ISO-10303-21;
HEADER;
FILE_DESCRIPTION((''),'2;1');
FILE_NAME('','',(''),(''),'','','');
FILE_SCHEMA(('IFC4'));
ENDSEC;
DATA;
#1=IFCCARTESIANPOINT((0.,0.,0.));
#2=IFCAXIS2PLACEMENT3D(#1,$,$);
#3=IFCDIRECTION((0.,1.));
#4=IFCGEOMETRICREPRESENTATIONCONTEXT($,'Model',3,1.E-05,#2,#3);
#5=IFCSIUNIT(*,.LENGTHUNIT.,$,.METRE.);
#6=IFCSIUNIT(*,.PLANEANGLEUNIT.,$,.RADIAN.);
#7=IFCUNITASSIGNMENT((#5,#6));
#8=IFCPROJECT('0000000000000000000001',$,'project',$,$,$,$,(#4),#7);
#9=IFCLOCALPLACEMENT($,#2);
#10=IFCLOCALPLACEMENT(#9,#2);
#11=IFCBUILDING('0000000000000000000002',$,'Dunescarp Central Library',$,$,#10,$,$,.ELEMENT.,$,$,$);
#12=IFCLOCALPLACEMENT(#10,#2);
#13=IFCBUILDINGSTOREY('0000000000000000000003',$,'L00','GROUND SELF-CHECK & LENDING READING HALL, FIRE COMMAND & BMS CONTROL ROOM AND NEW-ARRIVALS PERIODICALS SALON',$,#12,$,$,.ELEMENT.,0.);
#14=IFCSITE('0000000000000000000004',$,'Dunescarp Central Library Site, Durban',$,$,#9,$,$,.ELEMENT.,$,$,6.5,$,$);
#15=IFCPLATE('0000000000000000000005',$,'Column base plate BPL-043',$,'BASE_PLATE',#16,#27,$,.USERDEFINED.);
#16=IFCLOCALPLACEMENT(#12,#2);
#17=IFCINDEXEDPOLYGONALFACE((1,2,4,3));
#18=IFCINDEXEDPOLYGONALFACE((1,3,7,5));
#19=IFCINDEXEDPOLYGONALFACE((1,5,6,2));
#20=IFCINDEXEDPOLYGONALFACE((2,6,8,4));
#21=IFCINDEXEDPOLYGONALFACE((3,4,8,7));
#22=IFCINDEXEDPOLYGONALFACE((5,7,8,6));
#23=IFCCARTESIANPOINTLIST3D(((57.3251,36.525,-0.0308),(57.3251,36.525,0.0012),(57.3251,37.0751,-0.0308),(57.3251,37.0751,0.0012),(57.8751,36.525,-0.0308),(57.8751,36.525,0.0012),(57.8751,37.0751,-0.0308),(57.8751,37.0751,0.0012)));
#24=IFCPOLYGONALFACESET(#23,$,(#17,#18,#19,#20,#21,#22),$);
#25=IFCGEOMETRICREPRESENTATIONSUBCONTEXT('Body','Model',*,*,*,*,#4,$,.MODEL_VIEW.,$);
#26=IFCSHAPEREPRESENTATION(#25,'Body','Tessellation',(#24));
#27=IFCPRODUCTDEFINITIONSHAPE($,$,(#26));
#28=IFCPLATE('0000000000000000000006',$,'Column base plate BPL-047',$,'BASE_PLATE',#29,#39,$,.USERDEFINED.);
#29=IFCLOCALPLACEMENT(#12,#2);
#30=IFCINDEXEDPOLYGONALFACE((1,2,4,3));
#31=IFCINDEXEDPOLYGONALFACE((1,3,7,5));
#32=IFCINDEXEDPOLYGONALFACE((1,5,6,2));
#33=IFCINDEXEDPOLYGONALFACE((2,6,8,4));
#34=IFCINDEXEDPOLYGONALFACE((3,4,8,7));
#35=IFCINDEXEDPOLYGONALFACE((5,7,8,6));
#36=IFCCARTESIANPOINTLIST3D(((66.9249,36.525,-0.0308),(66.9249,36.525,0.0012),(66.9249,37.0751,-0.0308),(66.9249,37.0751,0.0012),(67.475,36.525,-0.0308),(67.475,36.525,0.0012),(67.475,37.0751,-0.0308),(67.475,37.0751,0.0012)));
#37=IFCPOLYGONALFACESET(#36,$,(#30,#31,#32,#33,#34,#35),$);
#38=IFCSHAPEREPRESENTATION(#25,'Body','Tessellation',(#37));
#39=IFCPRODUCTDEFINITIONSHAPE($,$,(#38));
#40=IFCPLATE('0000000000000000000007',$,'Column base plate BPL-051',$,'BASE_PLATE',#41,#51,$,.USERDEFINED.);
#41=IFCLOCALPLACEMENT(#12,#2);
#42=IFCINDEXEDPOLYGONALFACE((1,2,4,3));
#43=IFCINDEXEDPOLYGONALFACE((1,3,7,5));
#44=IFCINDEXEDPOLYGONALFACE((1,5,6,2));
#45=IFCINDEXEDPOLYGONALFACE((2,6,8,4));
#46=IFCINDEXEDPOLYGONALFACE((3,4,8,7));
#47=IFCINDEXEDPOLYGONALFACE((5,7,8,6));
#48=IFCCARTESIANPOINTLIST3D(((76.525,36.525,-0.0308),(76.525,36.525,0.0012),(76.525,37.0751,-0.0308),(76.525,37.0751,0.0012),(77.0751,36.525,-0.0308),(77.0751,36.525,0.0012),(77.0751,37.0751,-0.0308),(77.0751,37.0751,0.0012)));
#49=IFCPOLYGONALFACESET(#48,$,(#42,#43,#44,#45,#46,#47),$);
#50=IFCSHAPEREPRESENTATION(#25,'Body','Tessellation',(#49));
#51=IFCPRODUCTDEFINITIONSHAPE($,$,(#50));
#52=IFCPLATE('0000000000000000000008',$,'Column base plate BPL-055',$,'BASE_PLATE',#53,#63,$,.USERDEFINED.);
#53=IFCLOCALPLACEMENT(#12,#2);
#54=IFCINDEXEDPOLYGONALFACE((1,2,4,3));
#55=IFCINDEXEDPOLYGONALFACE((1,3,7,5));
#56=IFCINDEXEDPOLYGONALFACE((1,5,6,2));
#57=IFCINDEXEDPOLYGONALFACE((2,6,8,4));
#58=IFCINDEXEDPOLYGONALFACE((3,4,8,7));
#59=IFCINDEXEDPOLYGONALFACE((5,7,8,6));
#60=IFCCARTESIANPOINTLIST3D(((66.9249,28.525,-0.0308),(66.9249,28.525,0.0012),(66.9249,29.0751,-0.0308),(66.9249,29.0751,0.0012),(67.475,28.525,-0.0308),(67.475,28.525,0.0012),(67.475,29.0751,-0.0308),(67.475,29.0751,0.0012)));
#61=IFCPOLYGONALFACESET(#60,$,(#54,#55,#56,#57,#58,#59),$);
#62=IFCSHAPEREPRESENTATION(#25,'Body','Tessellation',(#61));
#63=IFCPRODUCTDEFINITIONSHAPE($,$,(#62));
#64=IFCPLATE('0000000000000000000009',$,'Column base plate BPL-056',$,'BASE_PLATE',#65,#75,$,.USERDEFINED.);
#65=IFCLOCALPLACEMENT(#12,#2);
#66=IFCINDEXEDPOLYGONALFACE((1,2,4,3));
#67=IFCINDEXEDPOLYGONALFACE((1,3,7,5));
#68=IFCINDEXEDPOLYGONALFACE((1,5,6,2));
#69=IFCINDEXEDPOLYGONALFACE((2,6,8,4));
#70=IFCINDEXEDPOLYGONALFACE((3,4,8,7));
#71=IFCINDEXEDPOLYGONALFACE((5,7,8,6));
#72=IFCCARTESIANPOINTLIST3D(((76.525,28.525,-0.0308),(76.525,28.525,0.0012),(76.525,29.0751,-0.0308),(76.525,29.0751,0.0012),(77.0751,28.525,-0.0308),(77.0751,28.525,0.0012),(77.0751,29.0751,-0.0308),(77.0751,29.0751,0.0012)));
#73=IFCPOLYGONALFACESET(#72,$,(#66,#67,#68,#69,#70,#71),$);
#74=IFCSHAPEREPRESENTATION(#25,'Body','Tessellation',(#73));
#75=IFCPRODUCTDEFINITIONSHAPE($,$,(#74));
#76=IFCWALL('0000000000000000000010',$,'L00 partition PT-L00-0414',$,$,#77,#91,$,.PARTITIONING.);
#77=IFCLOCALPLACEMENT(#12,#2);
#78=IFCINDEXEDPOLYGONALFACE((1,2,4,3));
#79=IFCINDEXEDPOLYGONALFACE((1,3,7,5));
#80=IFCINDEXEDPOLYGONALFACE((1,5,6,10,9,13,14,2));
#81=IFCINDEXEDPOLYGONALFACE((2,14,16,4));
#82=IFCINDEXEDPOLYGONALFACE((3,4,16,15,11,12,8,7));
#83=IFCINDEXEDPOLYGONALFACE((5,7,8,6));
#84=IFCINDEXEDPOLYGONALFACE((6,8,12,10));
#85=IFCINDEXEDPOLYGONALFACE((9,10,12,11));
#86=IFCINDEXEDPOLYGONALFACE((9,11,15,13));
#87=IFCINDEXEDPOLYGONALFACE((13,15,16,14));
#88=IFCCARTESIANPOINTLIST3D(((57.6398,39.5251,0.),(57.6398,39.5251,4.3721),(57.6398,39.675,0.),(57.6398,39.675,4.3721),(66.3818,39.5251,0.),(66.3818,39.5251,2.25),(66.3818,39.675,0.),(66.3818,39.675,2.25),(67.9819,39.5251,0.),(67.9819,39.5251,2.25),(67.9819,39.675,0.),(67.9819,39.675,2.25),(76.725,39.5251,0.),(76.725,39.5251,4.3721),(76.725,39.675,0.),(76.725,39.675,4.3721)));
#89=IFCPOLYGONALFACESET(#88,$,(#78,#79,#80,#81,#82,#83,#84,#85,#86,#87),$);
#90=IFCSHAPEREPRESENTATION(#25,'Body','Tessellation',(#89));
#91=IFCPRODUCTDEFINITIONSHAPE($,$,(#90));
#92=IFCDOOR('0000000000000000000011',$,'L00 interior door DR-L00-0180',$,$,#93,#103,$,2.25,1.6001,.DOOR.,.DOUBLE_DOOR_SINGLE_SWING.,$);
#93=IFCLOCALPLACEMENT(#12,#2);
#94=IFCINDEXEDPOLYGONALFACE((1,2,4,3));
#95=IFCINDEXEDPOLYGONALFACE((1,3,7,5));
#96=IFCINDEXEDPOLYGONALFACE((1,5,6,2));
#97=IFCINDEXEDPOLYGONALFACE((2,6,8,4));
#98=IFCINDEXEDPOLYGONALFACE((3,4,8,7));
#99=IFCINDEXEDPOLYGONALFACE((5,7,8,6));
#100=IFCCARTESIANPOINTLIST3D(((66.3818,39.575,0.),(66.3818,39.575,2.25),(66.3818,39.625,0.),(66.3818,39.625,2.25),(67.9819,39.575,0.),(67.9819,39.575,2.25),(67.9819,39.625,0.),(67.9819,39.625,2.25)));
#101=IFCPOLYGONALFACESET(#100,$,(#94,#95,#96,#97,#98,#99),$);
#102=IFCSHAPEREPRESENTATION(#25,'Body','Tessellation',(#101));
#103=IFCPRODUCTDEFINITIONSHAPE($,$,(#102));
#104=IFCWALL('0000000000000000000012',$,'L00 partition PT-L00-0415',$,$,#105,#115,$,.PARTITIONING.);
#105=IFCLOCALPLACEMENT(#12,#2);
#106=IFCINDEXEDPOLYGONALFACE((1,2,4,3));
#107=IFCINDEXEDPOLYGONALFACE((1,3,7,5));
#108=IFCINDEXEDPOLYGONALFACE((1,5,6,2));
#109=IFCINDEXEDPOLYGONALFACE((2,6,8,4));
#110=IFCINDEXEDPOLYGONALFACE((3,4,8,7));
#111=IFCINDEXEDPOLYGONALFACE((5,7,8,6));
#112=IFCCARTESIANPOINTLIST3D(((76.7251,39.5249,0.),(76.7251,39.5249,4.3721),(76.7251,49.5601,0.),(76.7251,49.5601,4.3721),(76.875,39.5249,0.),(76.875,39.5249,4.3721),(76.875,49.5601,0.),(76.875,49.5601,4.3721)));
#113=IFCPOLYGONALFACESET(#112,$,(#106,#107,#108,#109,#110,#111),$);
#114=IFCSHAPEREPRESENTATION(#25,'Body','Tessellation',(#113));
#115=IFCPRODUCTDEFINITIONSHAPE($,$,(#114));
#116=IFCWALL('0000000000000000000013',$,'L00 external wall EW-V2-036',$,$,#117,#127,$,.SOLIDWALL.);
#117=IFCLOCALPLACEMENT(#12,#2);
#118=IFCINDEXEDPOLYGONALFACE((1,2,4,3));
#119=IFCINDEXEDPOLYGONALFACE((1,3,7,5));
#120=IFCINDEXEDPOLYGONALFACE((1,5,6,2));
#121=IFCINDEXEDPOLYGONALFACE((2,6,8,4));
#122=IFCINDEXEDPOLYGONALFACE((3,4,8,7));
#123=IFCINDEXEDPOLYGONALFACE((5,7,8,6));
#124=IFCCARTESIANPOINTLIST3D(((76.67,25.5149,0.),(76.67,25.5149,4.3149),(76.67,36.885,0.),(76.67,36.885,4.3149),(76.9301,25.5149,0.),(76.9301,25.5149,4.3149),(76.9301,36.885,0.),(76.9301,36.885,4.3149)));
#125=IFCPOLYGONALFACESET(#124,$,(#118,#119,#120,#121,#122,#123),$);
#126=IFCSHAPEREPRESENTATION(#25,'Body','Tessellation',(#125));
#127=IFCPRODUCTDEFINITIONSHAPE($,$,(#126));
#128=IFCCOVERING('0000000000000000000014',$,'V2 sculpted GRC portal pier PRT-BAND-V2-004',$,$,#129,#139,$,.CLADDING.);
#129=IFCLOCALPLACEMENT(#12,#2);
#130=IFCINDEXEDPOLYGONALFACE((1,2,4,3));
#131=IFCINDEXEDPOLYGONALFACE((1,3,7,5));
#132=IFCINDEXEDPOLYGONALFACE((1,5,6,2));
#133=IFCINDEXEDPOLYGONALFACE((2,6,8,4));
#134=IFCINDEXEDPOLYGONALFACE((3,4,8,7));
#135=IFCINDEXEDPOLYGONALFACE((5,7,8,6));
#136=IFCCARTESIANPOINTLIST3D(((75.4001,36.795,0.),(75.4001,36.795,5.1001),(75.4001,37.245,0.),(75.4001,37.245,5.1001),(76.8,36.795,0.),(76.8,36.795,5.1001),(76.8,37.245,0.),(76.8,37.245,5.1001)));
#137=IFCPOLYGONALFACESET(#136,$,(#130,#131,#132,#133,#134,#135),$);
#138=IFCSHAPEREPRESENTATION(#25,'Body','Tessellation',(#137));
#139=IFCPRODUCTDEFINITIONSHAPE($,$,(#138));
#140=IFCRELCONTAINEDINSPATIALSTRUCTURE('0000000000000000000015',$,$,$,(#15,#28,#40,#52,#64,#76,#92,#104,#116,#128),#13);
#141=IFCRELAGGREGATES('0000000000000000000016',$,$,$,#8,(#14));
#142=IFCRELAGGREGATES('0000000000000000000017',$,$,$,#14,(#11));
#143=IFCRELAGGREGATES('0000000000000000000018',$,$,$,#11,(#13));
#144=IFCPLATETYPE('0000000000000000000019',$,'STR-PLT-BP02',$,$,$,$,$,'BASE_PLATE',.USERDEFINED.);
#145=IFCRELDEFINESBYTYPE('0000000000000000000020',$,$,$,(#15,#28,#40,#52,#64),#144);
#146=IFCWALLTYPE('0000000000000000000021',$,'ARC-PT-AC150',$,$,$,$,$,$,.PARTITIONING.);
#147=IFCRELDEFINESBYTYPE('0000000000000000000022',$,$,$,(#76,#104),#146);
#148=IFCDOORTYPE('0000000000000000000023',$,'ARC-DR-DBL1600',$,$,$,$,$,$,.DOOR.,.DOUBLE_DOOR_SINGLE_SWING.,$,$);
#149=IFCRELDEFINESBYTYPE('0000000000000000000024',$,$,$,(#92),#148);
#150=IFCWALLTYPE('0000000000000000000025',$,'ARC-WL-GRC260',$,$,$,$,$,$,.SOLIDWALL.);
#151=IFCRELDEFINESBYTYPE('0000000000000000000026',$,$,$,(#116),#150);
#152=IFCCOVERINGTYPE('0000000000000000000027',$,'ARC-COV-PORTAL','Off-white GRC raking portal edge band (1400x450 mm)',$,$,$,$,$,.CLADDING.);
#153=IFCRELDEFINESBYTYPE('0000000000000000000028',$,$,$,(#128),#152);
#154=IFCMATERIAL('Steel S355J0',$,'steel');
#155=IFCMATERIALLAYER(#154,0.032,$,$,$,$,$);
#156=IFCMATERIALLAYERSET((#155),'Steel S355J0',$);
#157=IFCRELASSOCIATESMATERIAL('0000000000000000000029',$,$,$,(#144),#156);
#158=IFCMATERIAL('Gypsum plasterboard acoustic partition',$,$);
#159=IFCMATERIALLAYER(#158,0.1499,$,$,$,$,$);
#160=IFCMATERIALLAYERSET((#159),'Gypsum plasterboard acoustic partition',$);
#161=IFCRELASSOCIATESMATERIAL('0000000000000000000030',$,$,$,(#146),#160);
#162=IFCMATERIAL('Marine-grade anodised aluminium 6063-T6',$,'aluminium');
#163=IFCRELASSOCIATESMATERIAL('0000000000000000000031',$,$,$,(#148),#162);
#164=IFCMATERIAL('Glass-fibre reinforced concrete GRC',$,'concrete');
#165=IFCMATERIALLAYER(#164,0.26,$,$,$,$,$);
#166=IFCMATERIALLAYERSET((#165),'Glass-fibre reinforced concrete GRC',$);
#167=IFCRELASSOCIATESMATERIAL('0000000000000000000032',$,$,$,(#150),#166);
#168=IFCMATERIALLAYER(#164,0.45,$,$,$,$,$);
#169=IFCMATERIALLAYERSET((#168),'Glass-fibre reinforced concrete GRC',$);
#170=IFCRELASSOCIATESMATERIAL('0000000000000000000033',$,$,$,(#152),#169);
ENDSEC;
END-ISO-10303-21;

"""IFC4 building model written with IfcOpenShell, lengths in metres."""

from ifc_helpers import new_model, si_unit, direction, frame, frame_2d, origin, origin_2d, place, context, subcontext, project, spatial, rectangle, extrude, material, layer, layer_set, type_object, element, fill, save


model = new_model("IFC4")

# Units and contexts
model_context = context("Model", 3, precision=1e-05, world=origin(), true_north=direction((0.0, 1.0)))
body_context = subcontext(model_context, "Body", "Model", "MODEL_VIEW")
ifc_project = project(units=[si_unit("LENGTHUNIT", "METRE"), si_unit("PLANEANGLEUNIT", "RADIAN")], contexts=[model_context])

# Site, building, storey
site_placement = place(None, origin())
site = spatial("IfcSite", under=ifc_project, at=site_placement, Name="Dunescarp Central Library Site, Durban", CompositionType="ELEMENT", RefElevation=6.5)
building_placement = place(site_placement, origin())
building = spatial("IfcBuilding", under=site, at=building_placement, Name="Dunescarp Central Library", CompositionType="ELEMENT")
storey_placement = place(building_placement, origin())
storey = spatial("IfcBuildingStorey", under=building, at=storey_placement, Name="L00", Description="GROUND SELF-CHECK & LENDING READING HALL, FIRE COMMAND & BMS CONTROL ROOM AND NEW-ARRIVALS PERIODICALS SALON", CompositionType="ELEMENT", Elevation=0.0)

# Plates
ifc_material_1 = material(Name="Steel S355J0", Category="steel")
ifc_layer_1 = layer(ifc_material_1, 0.032)
ifc_layer_set_1 = layer_set([ifc_layer_1], Name="Steel S355J0")
plate_type = type_object("IfcPlateType", Name="STR-PLT-BP02", ElementType="BASE_PLATE", PredefinedType="USERDEFINED", material=ifc_layer_set_1)
for number, where, z_axis, x_axis, name in (
    (1, (57.6001, 36.8, -0.0308), (0.0, 0.0, 1.0), (1.0, 0.0, 0.0), "Column base plate BPL-043"),
    (2, (67.2, 36.8, -0.0308), (0.0, 0.0, 1.0), (1.0, 0.0, 0.0), "Column base plate BPL-047"),
    (3, (76.8, 36.8, -0.0308), (0.0, 0.0, 1.0), (1.0, 0.0, 0.0), "Column base plate BPL-051"),
    (4, (67.2, 28.8, -0.0308), (0.0, 0.0, 1.0), (1.0, 0.0, 0.0), "Column base plate BPL-055"),
    (5, (76.8, 28.8, -0.0308), (0.0, 0.0, 1.0), (1.0, 0.0, 0.0), "Column base plate BPL-056"),
):
    element("IfcPlate", number, at=place(storey_placement, frame(where, z_axis=z_axis, x_axis=x_axis)), inside=storey, type_object=plate_type, Name=name, ObjectType="BASE_PLATE", PredefinedType="USERDEFINED", context=body_context, shape_type="SweptSolid", body=[
        extrude(rectangle(XDim=0.55, YDim=0.55, at=origin_2d()), origin(), (0.0, 0.0, 1.0), 0.032),
    ])

# Wall, opening, door
ifc_material_2 = material(Name="Gypsum plasterboard acoustic partition")
ifc_layer_2 = layer(ifc_material_2, 0.1499)
ifc_layer_set_2 = layer_set([ifc_layer_2], Name="Gypsum plasterboard acoustic partition")
wall_type_1 = type_object("IfcWallType", Name="ARC-PT-AC150", PredefinedType="PARTITIONING", material=ifc_layer_set_2)
wall_1_placement = place(storey_placement, frame((57.6399, 39.6001, 0.0), z_axis=(0.0, 0.0, 1.0), x_axis=(1.0, 0.0, 0.0)))
wall_1 = element("IfcWall", 6, at=wall_1_placement, inside=storey, type_object=wall_type_1, Name="L00 partition PT-L00-0414", PredefinedType="PARTITIONING", context=body_context, shape_type="SweptSolid", body=[
    extrude(rectangle(XDim=19.0852, YDim=0.1499, at=frame_2d((9.5425, 0.0))), origin(), (0.0, 0.0, 1.0), 4.3721),
])
opening_placement = place(wall_1_placement, frame((8.7419, 0.0, 0.0)))
opening = element("IfcOpeningElement", 7, at=opening_placement, cuts=wall_1, PredefinedType="OPENING", context=body_context, shape_type="SweptSolid", body=[
    extrude(rectangle(XDim=1.6001, YDim=2.25, at=frame_2d((0.8, 1.125))), frame((0.0, 0.085, 0.0), z_axis=(0.0, -1.0, 0.0), x_axis=(1.0, 0.0, 0.0)), (0.0, 0.0, 1.0), 0.1699),
])
ifc_material_3 = material(Name="Marine-grade anodised aluminium 6063-T6", Category="aluminium")
door_type = type_object("IfcDoorType", Name="ARC-DR-DBL1600", OperationType="DOUBLE_DOOR_SINGLE_SWING", PredefinedType="DOOR", material=ifc_material_3)
door_placement = place(opening_placement, origin())
door = element("IfcDoor", 8, at=door_placement, inside=storey, type_object=door_type, Name="L00 interior door DR-L00-0180", OperationType="DOUBLE_DOOR_SINGLE_SWING", OverallHeight=2.25, OverallWidth=1.6001, PredefinedType="DOOR", context=body_context, shape_type="SweptSolid", body=[
    extrude(rectangle(XDim=1.6001, YDim=2.25, at=frame_2d((0.8, 1.125))), frame((0.0, 0.0249, 0.0), z_axis=(0.0, -1.0, 0.0), x_axis=(1.0, 0.0, 0.0)), (0.0, 0.0, 1.0), 0.05),
])
fill(opening, door)

# Walls
wall_2_placement = place(storey_placement, frame((76.8, 39.5249, 0.0), z_axis=(0.0, 0.0, 1.0), x_axis=(0.0, 1.0, 0.0)))
element("IfcWall", 9, at=wall_2_placement, inside=storey, type_object=wall_type_1, Name="L00 partition PT-L00-0415", PredefinedType="PARTITIONING", context=body_context, shape_type="SweptSolid", body=[
    extrude(rectangle(XDim=10.0352, YDim=0.1499, at=frame_2d((5.0176, 0.0))), origin(), (0.0, 0.0, 1.0), 4.3721),
])
ifc_material_4 = material(Name="Glass-fibre reinforced concrete GRC", Category="concrete")
ifc_layer_3 = layer(ifc_material_4, 0.26)
ifc_layer_set_3 = layer_set([ifc_layer_3], Name="Glass-fibre reinforced concrete GRC")
wall_type_2 = type_object("IfcWallType", Name="ARC-WL-GRC260", PredefinedType="SOLIDWALL", material=ifc_layer_set_3)
wall_3_placement = place(storey_placement, frame((76.8, 36.885, 0.0), z_axis=(0.0, 0.0, 1.0), x_axis=(0.0, -1.0, 0.0)))
element("IfcWall", 10, at=wall_3_placement, inside=storey, type_object=wall_type_2, Name="L00 external wall EW-V2-036", PredefinedType="SOLIDWALL", context=body_context, shape_type="SweptSolid", body=[
    extrude(rectangle(XDim=11.3701, YDim=0.26, at=frame_2d((5.6851, 0.0))), origin(), (0.0, 0.0, 1.0), 4.3149),
])

# Covering
ifc_layer_4 = layer(ifc_material_4, 0.45)
ifc_layer_set_4 = layer_set([ifc_layer_4], Name="Glass-fibre reinforced concrete GRC")
covering_type = type_object("IfcCoveringType", Name="ARC-COV-PORTAL", Description="Off-white GRC raking portal edge band (1400x450 mm)", PredefinedType="CLADDING", material=ifc_layer_set_4)
covering_placement = place(storey_placement, frame((76.1001, 37.02, 0.0), z_axis=(0.0, 0.0, 1.0), x_axis=(1.0, 0.0, 0.0)))
element("IfcCovering", 11, at=covering_placement, inside=storey, type_object=covering_type, Name="V2 sculpted GRC portal pier PRT-BAND-V2-004", PredefinedType="CLADDING", context=body_context, shape_type="SweptSolid", body=[
    extrude(rectangle(XDim=1.3999, YDim=0.45, at=origin_2d()), origin(), (0.0, 0.0, 1.0), 5.1001),
])

save(model, "model.ifc")
